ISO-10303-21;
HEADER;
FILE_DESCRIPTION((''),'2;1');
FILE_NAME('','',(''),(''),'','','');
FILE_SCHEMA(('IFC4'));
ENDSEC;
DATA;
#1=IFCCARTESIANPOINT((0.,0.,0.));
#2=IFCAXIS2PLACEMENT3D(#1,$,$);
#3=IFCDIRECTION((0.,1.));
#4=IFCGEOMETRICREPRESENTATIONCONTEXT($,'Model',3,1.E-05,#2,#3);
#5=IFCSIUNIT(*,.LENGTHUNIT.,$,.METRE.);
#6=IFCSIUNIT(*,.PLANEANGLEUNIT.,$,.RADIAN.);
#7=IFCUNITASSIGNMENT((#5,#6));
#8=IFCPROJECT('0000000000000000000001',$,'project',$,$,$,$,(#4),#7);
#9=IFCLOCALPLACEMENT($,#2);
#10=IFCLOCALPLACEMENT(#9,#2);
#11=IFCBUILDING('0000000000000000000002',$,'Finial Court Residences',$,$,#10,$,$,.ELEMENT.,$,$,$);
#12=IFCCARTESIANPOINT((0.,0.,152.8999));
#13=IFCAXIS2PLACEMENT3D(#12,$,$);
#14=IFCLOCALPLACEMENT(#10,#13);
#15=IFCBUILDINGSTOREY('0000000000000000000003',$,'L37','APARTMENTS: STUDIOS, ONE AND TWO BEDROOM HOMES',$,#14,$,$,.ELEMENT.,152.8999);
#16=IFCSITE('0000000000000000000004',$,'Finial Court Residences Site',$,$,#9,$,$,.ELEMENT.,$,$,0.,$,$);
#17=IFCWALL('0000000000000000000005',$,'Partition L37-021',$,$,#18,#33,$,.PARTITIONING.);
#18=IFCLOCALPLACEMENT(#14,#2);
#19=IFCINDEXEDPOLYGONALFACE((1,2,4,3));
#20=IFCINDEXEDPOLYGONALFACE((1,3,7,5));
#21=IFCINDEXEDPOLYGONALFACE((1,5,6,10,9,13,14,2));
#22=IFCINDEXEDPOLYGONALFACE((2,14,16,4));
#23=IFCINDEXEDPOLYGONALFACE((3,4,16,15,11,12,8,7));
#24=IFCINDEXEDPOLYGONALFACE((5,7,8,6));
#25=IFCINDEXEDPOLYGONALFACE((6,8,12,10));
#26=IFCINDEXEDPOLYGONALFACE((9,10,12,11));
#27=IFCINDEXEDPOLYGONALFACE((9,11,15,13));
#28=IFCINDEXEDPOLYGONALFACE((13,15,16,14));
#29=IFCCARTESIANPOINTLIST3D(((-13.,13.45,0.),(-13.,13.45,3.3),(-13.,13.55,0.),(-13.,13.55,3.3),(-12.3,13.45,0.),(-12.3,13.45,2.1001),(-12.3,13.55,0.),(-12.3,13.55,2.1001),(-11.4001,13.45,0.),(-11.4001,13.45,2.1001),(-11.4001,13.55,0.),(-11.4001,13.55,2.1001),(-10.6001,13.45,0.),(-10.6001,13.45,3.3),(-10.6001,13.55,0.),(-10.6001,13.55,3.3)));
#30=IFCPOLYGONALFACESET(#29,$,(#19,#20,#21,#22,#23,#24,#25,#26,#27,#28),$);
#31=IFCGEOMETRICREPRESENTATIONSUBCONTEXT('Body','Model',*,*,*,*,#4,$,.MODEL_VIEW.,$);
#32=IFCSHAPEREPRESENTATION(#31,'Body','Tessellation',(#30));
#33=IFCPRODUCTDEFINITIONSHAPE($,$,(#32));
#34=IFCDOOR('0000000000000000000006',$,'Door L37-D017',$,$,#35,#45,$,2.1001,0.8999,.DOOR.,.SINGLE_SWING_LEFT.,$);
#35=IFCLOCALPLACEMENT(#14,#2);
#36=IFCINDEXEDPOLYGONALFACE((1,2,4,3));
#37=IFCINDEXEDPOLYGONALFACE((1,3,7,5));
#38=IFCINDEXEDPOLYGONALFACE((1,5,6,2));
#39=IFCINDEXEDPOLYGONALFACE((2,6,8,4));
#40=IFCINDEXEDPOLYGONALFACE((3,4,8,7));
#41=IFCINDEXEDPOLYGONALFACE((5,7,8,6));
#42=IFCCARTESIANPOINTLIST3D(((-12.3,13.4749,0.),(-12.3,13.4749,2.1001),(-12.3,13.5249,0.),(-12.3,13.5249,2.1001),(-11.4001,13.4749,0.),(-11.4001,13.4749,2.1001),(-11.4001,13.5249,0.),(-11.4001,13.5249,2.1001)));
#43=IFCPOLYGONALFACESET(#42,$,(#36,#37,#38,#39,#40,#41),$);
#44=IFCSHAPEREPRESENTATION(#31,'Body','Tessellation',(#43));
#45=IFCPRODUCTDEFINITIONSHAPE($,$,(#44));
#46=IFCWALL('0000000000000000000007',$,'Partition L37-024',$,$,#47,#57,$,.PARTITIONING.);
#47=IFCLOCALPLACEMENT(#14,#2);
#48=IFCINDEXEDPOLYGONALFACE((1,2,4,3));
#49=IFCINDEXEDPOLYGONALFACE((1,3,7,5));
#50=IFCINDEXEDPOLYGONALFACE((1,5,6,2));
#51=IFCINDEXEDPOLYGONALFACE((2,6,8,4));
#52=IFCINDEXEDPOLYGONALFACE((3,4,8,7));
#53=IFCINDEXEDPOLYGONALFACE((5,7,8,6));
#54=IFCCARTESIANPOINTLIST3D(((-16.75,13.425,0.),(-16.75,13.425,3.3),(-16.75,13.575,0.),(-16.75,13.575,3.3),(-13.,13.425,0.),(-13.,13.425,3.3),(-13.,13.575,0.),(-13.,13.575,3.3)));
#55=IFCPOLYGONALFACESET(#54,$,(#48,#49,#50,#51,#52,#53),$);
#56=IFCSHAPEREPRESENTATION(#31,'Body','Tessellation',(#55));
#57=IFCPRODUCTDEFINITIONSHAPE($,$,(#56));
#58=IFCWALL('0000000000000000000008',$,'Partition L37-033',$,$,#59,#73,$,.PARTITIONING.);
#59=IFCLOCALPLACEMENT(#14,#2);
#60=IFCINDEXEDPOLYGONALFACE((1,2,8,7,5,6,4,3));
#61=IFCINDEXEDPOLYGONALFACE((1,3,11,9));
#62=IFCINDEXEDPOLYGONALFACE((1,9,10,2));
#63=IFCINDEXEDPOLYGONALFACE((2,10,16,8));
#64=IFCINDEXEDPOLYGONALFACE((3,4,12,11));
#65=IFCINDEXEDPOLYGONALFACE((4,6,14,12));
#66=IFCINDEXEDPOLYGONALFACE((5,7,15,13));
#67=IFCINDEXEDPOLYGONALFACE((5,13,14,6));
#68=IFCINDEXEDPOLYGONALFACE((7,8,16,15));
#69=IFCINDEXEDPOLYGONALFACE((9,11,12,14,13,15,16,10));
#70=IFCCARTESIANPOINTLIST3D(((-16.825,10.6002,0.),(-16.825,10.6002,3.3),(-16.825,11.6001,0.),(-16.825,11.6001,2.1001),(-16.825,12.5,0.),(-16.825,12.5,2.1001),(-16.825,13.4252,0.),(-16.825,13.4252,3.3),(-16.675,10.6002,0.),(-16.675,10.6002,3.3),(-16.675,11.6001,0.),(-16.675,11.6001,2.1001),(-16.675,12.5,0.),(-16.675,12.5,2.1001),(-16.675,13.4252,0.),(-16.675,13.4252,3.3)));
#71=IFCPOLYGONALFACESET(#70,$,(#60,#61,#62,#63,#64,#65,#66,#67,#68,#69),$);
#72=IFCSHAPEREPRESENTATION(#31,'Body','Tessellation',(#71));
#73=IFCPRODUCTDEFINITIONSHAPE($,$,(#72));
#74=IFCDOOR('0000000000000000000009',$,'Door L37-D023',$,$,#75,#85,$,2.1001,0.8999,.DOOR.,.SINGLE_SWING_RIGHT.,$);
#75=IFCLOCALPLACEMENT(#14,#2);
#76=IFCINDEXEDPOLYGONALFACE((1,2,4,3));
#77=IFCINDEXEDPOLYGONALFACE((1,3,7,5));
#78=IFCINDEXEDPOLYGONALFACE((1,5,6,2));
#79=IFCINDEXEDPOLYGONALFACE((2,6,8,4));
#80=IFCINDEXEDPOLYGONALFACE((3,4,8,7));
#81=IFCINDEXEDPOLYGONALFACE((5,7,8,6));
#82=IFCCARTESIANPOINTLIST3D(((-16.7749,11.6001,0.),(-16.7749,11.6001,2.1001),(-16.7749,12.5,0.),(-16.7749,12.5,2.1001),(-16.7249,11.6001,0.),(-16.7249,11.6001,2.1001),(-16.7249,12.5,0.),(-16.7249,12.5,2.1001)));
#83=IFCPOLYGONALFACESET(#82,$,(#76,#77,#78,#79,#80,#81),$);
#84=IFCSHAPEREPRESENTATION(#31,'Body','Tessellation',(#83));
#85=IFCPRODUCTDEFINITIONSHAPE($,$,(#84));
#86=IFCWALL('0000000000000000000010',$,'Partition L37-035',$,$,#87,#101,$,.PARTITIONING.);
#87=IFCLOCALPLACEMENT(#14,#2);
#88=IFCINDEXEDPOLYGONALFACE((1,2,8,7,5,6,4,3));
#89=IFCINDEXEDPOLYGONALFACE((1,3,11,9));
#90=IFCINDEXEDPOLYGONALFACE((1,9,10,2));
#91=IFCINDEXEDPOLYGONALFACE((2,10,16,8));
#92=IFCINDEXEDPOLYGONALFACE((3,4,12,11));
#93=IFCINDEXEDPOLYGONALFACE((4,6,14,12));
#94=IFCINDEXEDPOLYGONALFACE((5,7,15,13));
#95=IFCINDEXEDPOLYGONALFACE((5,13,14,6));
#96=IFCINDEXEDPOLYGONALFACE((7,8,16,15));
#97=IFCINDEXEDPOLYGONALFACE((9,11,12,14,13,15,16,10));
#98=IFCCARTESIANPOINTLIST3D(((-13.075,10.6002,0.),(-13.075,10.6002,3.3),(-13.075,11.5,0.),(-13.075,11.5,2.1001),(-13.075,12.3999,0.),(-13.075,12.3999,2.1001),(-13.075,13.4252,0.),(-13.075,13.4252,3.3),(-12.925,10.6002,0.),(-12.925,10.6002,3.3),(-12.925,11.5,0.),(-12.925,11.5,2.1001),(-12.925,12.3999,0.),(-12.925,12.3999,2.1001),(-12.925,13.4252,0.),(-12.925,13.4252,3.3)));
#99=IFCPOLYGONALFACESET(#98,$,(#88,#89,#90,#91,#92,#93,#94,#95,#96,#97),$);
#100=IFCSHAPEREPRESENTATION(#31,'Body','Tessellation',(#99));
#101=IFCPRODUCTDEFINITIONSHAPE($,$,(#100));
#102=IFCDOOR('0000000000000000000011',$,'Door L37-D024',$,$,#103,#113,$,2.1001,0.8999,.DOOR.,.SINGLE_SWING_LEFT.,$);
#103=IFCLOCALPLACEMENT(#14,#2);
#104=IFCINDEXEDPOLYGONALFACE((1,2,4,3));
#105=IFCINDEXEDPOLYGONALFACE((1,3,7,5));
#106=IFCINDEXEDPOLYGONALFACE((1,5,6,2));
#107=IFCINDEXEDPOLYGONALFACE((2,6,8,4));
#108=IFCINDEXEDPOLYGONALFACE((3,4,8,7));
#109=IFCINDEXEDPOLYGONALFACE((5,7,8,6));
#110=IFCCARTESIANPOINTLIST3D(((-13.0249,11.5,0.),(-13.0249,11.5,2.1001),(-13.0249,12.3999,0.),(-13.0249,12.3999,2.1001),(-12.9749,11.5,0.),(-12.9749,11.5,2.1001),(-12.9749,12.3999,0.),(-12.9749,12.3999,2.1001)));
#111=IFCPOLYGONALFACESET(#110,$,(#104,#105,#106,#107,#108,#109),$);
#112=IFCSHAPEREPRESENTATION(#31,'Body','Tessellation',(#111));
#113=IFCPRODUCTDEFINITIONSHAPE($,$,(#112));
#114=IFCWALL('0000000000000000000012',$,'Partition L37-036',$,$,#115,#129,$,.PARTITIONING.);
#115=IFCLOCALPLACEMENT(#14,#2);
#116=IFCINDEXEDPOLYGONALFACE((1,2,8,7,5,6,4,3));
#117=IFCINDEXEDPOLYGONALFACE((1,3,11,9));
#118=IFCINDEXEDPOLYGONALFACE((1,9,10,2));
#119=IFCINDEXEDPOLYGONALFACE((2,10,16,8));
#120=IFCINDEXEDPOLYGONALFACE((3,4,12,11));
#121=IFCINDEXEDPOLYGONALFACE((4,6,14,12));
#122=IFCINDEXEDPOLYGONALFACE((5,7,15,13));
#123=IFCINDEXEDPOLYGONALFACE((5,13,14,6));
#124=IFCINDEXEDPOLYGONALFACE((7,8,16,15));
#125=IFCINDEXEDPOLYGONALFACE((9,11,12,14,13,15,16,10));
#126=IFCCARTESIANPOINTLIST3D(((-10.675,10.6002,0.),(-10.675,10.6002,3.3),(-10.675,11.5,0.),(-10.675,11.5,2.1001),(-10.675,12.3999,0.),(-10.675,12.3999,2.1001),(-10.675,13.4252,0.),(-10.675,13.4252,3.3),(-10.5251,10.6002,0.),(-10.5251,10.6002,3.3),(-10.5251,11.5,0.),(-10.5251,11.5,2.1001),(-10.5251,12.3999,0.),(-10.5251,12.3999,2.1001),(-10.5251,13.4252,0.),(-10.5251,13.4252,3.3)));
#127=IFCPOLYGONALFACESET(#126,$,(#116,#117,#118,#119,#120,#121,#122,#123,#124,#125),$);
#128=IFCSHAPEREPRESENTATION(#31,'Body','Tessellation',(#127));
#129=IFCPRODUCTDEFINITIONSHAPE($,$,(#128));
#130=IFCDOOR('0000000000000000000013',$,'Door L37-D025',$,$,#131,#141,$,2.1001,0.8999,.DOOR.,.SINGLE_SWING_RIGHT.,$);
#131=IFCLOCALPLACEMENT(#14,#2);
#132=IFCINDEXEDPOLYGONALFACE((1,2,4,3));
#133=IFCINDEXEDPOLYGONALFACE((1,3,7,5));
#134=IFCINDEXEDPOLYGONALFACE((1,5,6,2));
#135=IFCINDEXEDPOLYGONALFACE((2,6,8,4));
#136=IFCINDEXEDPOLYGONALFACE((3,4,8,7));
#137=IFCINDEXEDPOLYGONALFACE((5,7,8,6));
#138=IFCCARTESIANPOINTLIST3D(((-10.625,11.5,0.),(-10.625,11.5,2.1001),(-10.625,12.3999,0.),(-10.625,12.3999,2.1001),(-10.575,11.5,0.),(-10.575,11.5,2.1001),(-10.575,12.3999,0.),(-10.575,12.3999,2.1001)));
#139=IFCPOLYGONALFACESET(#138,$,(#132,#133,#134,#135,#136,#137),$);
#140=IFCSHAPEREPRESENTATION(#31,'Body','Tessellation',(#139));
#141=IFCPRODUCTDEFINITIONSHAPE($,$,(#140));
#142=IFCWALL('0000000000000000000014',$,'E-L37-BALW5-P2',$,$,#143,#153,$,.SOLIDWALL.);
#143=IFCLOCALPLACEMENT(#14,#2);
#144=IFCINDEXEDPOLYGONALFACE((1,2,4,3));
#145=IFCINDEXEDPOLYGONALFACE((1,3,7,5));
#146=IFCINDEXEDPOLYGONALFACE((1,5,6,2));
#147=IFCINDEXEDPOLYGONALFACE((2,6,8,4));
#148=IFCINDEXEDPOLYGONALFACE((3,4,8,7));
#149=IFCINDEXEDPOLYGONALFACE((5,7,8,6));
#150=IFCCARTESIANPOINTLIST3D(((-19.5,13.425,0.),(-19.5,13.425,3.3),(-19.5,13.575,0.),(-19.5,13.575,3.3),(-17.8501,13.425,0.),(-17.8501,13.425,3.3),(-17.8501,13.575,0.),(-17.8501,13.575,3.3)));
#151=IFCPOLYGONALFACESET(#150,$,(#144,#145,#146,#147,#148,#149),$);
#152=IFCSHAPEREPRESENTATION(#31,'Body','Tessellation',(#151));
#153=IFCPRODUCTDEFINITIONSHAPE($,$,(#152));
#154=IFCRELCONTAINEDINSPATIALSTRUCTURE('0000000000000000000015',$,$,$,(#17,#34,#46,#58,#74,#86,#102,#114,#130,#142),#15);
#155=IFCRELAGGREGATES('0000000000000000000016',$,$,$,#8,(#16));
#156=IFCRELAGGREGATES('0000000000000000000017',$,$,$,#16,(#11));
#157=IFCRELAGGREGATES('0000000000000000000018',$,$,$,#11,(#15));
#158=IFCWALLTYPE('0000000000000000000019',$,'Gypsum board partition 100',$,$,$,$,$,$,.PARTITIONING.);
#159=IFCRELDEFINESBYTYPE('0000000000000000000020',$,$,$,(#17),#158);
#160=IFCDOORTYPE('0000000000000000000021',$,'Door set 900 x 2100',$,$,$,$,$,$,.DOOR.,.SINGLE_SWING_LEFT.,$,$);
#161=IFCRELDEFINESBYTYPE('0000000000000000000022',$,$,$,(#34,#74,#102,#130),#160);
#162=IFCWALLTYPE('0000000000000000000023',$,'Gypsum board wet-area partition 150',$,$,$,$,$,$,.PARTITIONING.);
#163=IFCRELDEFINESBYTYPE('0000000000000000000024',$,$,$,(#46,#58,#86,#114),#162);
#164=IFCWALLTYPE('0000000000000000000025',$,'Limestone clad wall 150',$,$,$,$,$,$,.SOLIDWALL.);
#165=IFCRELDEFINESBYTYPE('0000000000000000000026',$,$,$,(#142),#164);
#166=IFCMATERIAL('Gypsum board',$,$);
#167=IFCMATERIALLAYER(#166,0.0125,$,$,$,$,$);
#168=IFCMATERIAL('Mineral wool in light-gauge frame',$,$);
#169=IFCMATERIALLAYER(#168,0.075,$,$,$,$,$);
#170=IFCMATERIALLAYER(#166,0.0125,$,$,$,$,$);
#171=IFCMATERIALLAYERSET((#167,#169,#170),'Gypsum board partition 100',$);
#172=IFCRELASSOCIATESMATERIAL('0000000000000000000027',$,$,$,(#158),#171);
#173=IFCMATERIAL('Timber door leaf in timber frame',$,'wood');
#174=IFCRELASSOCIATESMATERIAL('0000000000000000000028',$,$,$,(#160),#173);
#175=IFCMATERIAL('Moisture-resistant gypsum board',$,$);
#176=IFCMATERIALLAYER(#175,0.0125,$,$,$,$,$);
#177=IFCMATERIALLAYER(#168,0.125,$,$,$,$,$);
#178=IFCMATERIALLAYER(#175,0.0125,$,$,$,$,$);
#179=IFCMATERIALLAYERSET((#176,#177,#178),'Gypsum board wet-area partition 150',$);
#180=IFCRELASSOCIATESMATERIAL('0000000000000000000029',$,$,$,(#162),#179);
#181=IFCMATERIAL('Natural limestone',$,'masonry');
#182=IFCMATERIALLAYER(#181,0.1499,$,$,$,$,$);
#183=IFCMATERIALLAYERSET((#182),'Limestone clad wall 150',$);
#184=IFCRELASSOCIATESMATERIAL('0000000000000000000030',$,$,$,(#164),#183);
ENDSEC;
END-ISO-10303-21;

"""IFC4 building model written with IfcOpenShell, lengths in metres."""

from ifc_helpers import new_model, si_unit, direction, frame, frame_2d, origin, place, context, subcontext, project, spatial, rectangle, extrude, material, layer, layer_set, type_object, element, fill, save


model = new_model("IFC4")

# Units and contexts
model_context = context("Model", 3, precision=1e-05, world=origin(), true_north=direction((0.0, 1.0)))
body_context = subcontext(model_context, "Body", "Model", "MODEL_VIEW")
ifc_project = project(units=[si_unit("LENGTHUNIT", "METRE"), si_unit("PLANEANGLEUNIT", "RADIAN")], contexts=[model_context])

# Site, building, storey
site_placement = place(None, origin())
site = spatial("IfcSite", under=ifc_project, at=site_placement, Name="Finial Court Residences Site", CompositionType="ELEMENT", RefElevation=0.0)
building_placement = place(site_placement, origin())
building = spatial("IfcBuilding", under=site, at=building_placement, Name="Finial Court Residences", CompositionType="ELEMENT")
storey_placement = place(building_placement, frame((0.0, 0.0, 152.8999)))
storey = spatial("IfcBuildingStorey", under=building, at=storey_placement, Name="L37", Description="APARTMENTS: STUDIOS, ONE AND TWO BEDROOM HOMES", CompositionType="ELEMENT", Elevation=152.8999)

# Shared definitions
ifc_material_1 = material(Name="Gypsum board")
ifc_layer_1 = layer(ifc_material_1, 0.0125)
ifc_material_2 = material(Name="Mineral wool in light-gauge frame")
ifc_layer_2 = layer(ifc_material_2, 0.075)
ifc_layer_3 = layer(ifc_material_1, 0.0125)
ifc_layer_set_1 = layer_set([ifc_layer_1, ifc_layer_2, ifc_layer_3], Name="Gypsum board partition 100")
wall_type_1 = type_object("IfcWallType", Name="Gypsum board partition 100", PredefinedType="PARTITIONING", material=ifc_layer_set_1)

# Wall, opening, door
wall_1_placement = place(storey_placement, frame((-13.0, 13.5, 0.0), z_axis=(0.0, 0.0, 1.0), x_axis=(1.0, 0.0, 0.0)))
wall_1 = element("IfcWall", 1, at=wall_1_placement, inside=storey, type_object=wall_type_1, Name="Partition L37-021", PredefinedType="PARTITIONING", context=body_context, shape_type="SweptSolid", body=[
    extrude(rectangle(XDim=2.3999, YDim=0.1001, at=frame_2d((1.2, 0.0))), origin(), (0.0, 0.0, 1.0), 3.3),
])
opening_1_placement = place(wall_1_placement, frame((0.7, 0.0, 0.0)))
opening_1 = element("IfcOpeningElement", 2, at=opening_1_placement, cuts=wall_1, PredefinedType="OPENING", context=body_context, shape_type="SweptSolid", body=[
    extrude(rectangle(XDim=0.8999, YDim=2.1001, at=frame_2d((0.45, 1.05))), frame((0.0, 0.0601, 0.0), z_axis=(0.0, -1.0, 0.0), x_axis=(1.0, 0.0, 0.0)), (0.0, 0.0, 1.0), 0.1201),
])
ifc_material_3 = material(Name="Timber door leaf in timber frame", Category="wood")
door_type = type_object("IfcDoorType", Name="Door set 900 x 2100", OperationType="SINGLE_SWING_LEFT", PredefinedType="DOOR", material=ifc_material_3)
door_1_placement = place(opening_1_placement, origin())
door_1 = element("IfcDoor", 3, at=door_1_placement, inside=storey, type_object=door_type, Name="Door L37-D017", OperationType="SINGLE_SWING_LEFT", OverallHeight=2.1001, OverallWidth=0.8999, PredefinedType="DOOR", context=body_context, shape_type="SweptSolid", body=[
    extrude(rectangle(XDim=0.8999, YDim=2.1001, at=frame_2d((0.45, 1.05))), frame((0.0, 0.0249, 0.0), z_axis=(0.0, -1.0, 0.0), x_axis=(1.0, 0.0, 0.0)), (0.0, 0.0, 1.0), 0.05),
])
fill(opening_1, door_1)

# Wall
ifc_material_4 = material(Name="Moisture-resistant gypsum board")
ifc_layer_4 = layer(ifc_material_4, 0.0125)
ifc_layer_5 = layer(ifc_material_2, 0.125)
ifc_layer_6 = layer(ifc_material_4, 0.0125)
ifc_layer_set_2 = layer_set([ifc_layer_4, ifc_layer_5, ifc_layer_6], Name="Gypsum board wet-area partition 150")
wall_type_2 = type_object("IfcWallType", Name="Gypsum board wet-area partition 150", PredefinedType="PARTITIONING", material=ifc_layer_set_2)
wall_2_placement = place(storey_placement, frame((-16.75, 13.5, 0.0), z_axis=(0.0, 0.0, 1.0), x_axis=(1.0, 0.0, 0.0)))
element("IfcWall", 4, at=wall_2_placement, inside=storey, type_object=wall_type_2, Name="Partition L37-024", PredefinedType="PARTITIONING", context=body_context, shape_type="SweptSolid", body=[
    extrude(rectangle(XDim=3.75, YDim=0.1499, at=frame_2d((1.875, 0.0))), origin(), (0.0, 0.0, 1.0), 3.3),
])

# Walls, openings, doors
wall_3_placement = place(storey_placement, frame((-16.75, 10.6001, 0.0), z_axis=(0.0, 0.0, 1.0), x_axis=(0.0, 1.0, 0.0)))
wall_3 = element("IfcWall", 5, at=wall_3_placement, inside=storey, type_object=wall_type_2, Name="Partition L37-033", PredefinedType="PARTITIONING", context=body_context, shape_type="SweptSolid", body=[
    extrude(rectangle(XDim=2.825, YDim=0.1499, at=frame_2d((1.4126, 0.0))), origin(), (0.0, 0.0, 1.0), 3.3),
])
opening_2_placement = place(wall_3_placement, frame((1.0, 0.0, 0.0)))
opening_2 = element("IfcOpeningElement", 6, at=opening_2_placement, cuts=wall_3, PredefinedType="OPENING", context=body_context, shape_type="SweptSolid", body=[
    extrude(rectangle(XDim=0.8999, YDim=2.1001, at=frame_2d((0.45, 1.05))), frame((0.0, 0.085, 0.0), z_axis=(0.0, -1.0, 0.0), x_axis=(1.0, 0.0, 0.0)), (0.0, 0.0, 1.0), 0.1699),
])
door_2_placement = place(opening_2_placement, origin())
door_2 = element("IfcDoor", 7, at=door_2_placement, inside=storey, type_object=door_type, Name="Door L37-D023", OperationType="SINGLE_SWING_RIGHT", OverallHeight=2.1001, OverallWidth=0.8999, PredefinedType="DOOR", context=body_context, shape_type="SweptSolid", body=[
    extrude(rectangle(XDim=0.8999, YDim=2.1001, at=frame_2d((0.45, 1.05))), frame((0.0, 0.0249, 0.0), z_axis=(0.0, -1.0, 0.0), x_axis=(1.0, 0.0, 0.0)), (0.0, 0.0, 1.0), 0.05),
])
fill(opening_2, door_2)
wall_4_placement = place(storey_placement, frame((-13.0, 10.6001, 0.0), z_axis=(0.0, 0.0, 1.0), x_axis=(0.0, 1.0, 0.0)))
wall_4 = element("IfcWall", 8, at=wall_4_placement, inside=storey, type_object=wall_type_2, Name="Partition L37-035", PredefinedType="PARTITIONING", context=body_context, shape_type="SweptSolid", body=[
    extrude(rectangle(XDim=2.825, YDim=0.1499, at=frame_2d((1.4126, 0.0))), origin(), (0.0, 0.0, 1.0), 3.3),
])
opening_3_placement = place(wall_4_placement, frame((0.8999, 0.0, 0.0)))
opening_3 = element("IfcOpeningElement", 9, at=opening_3_placement, cuts=wall_4, PredefinedType="OPENING", context=body_context, shape_type="SweptSolid", body=[
    extrude(rectangle(XDim=0.8999, YDim=2.1001, at=frame_2d((0.45, 1.05))), frame((0.0, 0.085, 0.0), z_axis=(0.0, -1.0, 0.0), x_axis=(1.0, 0.0, 0.0)), (0.0, 0.0, 1.0), 0.1699),
])
door_3_placement = place(opening_3_placement, origin())
door_3 = element("IfcDoor", 10, at=door_3_placement, inside=storey, type_object=door_type, Name="Door L37-D024", OperationType="SINGLE_SWING_LEFT", OverallHeight=2.1001, OverallWidth=0.8999, PredefinedType="DOOR", context=body_context, shape_type="SweptSolid", body=[
    extrude(rectangle(XDim=0.8999, YDim=2.1001, at=frame_2d((0.45, 1.05))), frame((0.0, 0.0249, 0.0), z_axis=(0.0, -1.0, 0.0), x_axis=(1.0, 0.0, 0.0)), (0.0, 0.0, 1.0), 0.05),
])
fill(opening_3, door_3)
wall_5_placement = place(storey_placement, frame((-10.6001, 10.6001, 0.0), z_axis=(0.0, 0.0, 1.0), x_axis=(0.0, 1.0, 0.0)))
wall_5 = element("IfcWall", 11, at=wall_5_placement, inside=storey, type_object=wall_type_2, Name="Partition L37-036", PredefinedType="PARTITIONING", context=body_context, shape_type="SweptSolid", body=[
    extrude(rectangle(XDim=2.825, YDim=0.1499, at=frame_2d((1.4126, 0.0))), origin(), (0.0, 0.0, 1.0), 3.3),
])
opening_4_placement = place(wall_5_placement, frame((0.8999, 0.0, 0.0)))
opening_4 = element("IfcOpeningElement", 12, at=opening_4_placement, cuts=wall_5, PredefinedType="OPENING", context=body_context, shape_type="SweptSolid", body=[
    extrude(rectangle(XDim=0.8999, YDim=2.1001, at=frame_2d((0.45, 1.05))), frame((0.0, 0.085, 0.0), z_axis=(0.0, -1.0, 0.0), x_axis=(1.0, 0.0, 0.0)), (0.0, 0.0, 1.0), 0.1699),
])
door_4_placement = place(opening_4_placement, origin())
door_4 = element("IfcDoor", 13, at=door_4_placement, inside=storey, type_object=door_type, Name="Door L37-D025", OperationType="SINGLE_SWING_RIGHT", OverallHeight=2.1001, OverallWidth=0.8999, PredefinedType="DOOR", context=body_context, shape_type="SweptSolid", body=[
    extrude(rectangle(XDim=0.8999, YDim=2.1001, at=frame_2d((0.45, 1.05))), frame((0.0, 0.0249, 0.0), z_axis=(0.0, -1.0, 0.0), x_axis=(1.0, 0.0, 0.0)), (0.0, 0.0, 1.0), 0.05),
])
fill(opening_4, door_4)

# Wall
ifc_material_5 = material(Name="Natural limestone", Category="masonry")
ifc_layer_7 = layer(ifc_material_5, 0.1499)
ifc_layer_set_3 = layer_set([ifc_layer_7], Name="Limestone clad wall 150")
wall_type_3 = type_object("IfcWallType", Name="Limestone clad wall 150", PredefinedType="SOLIDWALL", material=ifc_layer_set_3)
wall_6_placement = place(storey_placement, frame((-17.8501, 13.5, 0.0), z_axis=(0.0, 0.0, 1.0), x_axis=(-1.0, 0.0, 0.0)))
element("IfcWall", 14, at=wall_6_placement, inside=storey, type_object=wall_type_3, Name="E-L37-BALW5-P2", PredefinedType="SOLIDWALL", context=body_context, shape_type="SweptSolid", body=[
    extrude(rectangle(XDim=1.6499, YDim=0.1499, at=frame_2d((0.825, 0.0))), origin(), (0.0, 0.0, 1.0), 3.3),
])

save(model, "model.ifc")
